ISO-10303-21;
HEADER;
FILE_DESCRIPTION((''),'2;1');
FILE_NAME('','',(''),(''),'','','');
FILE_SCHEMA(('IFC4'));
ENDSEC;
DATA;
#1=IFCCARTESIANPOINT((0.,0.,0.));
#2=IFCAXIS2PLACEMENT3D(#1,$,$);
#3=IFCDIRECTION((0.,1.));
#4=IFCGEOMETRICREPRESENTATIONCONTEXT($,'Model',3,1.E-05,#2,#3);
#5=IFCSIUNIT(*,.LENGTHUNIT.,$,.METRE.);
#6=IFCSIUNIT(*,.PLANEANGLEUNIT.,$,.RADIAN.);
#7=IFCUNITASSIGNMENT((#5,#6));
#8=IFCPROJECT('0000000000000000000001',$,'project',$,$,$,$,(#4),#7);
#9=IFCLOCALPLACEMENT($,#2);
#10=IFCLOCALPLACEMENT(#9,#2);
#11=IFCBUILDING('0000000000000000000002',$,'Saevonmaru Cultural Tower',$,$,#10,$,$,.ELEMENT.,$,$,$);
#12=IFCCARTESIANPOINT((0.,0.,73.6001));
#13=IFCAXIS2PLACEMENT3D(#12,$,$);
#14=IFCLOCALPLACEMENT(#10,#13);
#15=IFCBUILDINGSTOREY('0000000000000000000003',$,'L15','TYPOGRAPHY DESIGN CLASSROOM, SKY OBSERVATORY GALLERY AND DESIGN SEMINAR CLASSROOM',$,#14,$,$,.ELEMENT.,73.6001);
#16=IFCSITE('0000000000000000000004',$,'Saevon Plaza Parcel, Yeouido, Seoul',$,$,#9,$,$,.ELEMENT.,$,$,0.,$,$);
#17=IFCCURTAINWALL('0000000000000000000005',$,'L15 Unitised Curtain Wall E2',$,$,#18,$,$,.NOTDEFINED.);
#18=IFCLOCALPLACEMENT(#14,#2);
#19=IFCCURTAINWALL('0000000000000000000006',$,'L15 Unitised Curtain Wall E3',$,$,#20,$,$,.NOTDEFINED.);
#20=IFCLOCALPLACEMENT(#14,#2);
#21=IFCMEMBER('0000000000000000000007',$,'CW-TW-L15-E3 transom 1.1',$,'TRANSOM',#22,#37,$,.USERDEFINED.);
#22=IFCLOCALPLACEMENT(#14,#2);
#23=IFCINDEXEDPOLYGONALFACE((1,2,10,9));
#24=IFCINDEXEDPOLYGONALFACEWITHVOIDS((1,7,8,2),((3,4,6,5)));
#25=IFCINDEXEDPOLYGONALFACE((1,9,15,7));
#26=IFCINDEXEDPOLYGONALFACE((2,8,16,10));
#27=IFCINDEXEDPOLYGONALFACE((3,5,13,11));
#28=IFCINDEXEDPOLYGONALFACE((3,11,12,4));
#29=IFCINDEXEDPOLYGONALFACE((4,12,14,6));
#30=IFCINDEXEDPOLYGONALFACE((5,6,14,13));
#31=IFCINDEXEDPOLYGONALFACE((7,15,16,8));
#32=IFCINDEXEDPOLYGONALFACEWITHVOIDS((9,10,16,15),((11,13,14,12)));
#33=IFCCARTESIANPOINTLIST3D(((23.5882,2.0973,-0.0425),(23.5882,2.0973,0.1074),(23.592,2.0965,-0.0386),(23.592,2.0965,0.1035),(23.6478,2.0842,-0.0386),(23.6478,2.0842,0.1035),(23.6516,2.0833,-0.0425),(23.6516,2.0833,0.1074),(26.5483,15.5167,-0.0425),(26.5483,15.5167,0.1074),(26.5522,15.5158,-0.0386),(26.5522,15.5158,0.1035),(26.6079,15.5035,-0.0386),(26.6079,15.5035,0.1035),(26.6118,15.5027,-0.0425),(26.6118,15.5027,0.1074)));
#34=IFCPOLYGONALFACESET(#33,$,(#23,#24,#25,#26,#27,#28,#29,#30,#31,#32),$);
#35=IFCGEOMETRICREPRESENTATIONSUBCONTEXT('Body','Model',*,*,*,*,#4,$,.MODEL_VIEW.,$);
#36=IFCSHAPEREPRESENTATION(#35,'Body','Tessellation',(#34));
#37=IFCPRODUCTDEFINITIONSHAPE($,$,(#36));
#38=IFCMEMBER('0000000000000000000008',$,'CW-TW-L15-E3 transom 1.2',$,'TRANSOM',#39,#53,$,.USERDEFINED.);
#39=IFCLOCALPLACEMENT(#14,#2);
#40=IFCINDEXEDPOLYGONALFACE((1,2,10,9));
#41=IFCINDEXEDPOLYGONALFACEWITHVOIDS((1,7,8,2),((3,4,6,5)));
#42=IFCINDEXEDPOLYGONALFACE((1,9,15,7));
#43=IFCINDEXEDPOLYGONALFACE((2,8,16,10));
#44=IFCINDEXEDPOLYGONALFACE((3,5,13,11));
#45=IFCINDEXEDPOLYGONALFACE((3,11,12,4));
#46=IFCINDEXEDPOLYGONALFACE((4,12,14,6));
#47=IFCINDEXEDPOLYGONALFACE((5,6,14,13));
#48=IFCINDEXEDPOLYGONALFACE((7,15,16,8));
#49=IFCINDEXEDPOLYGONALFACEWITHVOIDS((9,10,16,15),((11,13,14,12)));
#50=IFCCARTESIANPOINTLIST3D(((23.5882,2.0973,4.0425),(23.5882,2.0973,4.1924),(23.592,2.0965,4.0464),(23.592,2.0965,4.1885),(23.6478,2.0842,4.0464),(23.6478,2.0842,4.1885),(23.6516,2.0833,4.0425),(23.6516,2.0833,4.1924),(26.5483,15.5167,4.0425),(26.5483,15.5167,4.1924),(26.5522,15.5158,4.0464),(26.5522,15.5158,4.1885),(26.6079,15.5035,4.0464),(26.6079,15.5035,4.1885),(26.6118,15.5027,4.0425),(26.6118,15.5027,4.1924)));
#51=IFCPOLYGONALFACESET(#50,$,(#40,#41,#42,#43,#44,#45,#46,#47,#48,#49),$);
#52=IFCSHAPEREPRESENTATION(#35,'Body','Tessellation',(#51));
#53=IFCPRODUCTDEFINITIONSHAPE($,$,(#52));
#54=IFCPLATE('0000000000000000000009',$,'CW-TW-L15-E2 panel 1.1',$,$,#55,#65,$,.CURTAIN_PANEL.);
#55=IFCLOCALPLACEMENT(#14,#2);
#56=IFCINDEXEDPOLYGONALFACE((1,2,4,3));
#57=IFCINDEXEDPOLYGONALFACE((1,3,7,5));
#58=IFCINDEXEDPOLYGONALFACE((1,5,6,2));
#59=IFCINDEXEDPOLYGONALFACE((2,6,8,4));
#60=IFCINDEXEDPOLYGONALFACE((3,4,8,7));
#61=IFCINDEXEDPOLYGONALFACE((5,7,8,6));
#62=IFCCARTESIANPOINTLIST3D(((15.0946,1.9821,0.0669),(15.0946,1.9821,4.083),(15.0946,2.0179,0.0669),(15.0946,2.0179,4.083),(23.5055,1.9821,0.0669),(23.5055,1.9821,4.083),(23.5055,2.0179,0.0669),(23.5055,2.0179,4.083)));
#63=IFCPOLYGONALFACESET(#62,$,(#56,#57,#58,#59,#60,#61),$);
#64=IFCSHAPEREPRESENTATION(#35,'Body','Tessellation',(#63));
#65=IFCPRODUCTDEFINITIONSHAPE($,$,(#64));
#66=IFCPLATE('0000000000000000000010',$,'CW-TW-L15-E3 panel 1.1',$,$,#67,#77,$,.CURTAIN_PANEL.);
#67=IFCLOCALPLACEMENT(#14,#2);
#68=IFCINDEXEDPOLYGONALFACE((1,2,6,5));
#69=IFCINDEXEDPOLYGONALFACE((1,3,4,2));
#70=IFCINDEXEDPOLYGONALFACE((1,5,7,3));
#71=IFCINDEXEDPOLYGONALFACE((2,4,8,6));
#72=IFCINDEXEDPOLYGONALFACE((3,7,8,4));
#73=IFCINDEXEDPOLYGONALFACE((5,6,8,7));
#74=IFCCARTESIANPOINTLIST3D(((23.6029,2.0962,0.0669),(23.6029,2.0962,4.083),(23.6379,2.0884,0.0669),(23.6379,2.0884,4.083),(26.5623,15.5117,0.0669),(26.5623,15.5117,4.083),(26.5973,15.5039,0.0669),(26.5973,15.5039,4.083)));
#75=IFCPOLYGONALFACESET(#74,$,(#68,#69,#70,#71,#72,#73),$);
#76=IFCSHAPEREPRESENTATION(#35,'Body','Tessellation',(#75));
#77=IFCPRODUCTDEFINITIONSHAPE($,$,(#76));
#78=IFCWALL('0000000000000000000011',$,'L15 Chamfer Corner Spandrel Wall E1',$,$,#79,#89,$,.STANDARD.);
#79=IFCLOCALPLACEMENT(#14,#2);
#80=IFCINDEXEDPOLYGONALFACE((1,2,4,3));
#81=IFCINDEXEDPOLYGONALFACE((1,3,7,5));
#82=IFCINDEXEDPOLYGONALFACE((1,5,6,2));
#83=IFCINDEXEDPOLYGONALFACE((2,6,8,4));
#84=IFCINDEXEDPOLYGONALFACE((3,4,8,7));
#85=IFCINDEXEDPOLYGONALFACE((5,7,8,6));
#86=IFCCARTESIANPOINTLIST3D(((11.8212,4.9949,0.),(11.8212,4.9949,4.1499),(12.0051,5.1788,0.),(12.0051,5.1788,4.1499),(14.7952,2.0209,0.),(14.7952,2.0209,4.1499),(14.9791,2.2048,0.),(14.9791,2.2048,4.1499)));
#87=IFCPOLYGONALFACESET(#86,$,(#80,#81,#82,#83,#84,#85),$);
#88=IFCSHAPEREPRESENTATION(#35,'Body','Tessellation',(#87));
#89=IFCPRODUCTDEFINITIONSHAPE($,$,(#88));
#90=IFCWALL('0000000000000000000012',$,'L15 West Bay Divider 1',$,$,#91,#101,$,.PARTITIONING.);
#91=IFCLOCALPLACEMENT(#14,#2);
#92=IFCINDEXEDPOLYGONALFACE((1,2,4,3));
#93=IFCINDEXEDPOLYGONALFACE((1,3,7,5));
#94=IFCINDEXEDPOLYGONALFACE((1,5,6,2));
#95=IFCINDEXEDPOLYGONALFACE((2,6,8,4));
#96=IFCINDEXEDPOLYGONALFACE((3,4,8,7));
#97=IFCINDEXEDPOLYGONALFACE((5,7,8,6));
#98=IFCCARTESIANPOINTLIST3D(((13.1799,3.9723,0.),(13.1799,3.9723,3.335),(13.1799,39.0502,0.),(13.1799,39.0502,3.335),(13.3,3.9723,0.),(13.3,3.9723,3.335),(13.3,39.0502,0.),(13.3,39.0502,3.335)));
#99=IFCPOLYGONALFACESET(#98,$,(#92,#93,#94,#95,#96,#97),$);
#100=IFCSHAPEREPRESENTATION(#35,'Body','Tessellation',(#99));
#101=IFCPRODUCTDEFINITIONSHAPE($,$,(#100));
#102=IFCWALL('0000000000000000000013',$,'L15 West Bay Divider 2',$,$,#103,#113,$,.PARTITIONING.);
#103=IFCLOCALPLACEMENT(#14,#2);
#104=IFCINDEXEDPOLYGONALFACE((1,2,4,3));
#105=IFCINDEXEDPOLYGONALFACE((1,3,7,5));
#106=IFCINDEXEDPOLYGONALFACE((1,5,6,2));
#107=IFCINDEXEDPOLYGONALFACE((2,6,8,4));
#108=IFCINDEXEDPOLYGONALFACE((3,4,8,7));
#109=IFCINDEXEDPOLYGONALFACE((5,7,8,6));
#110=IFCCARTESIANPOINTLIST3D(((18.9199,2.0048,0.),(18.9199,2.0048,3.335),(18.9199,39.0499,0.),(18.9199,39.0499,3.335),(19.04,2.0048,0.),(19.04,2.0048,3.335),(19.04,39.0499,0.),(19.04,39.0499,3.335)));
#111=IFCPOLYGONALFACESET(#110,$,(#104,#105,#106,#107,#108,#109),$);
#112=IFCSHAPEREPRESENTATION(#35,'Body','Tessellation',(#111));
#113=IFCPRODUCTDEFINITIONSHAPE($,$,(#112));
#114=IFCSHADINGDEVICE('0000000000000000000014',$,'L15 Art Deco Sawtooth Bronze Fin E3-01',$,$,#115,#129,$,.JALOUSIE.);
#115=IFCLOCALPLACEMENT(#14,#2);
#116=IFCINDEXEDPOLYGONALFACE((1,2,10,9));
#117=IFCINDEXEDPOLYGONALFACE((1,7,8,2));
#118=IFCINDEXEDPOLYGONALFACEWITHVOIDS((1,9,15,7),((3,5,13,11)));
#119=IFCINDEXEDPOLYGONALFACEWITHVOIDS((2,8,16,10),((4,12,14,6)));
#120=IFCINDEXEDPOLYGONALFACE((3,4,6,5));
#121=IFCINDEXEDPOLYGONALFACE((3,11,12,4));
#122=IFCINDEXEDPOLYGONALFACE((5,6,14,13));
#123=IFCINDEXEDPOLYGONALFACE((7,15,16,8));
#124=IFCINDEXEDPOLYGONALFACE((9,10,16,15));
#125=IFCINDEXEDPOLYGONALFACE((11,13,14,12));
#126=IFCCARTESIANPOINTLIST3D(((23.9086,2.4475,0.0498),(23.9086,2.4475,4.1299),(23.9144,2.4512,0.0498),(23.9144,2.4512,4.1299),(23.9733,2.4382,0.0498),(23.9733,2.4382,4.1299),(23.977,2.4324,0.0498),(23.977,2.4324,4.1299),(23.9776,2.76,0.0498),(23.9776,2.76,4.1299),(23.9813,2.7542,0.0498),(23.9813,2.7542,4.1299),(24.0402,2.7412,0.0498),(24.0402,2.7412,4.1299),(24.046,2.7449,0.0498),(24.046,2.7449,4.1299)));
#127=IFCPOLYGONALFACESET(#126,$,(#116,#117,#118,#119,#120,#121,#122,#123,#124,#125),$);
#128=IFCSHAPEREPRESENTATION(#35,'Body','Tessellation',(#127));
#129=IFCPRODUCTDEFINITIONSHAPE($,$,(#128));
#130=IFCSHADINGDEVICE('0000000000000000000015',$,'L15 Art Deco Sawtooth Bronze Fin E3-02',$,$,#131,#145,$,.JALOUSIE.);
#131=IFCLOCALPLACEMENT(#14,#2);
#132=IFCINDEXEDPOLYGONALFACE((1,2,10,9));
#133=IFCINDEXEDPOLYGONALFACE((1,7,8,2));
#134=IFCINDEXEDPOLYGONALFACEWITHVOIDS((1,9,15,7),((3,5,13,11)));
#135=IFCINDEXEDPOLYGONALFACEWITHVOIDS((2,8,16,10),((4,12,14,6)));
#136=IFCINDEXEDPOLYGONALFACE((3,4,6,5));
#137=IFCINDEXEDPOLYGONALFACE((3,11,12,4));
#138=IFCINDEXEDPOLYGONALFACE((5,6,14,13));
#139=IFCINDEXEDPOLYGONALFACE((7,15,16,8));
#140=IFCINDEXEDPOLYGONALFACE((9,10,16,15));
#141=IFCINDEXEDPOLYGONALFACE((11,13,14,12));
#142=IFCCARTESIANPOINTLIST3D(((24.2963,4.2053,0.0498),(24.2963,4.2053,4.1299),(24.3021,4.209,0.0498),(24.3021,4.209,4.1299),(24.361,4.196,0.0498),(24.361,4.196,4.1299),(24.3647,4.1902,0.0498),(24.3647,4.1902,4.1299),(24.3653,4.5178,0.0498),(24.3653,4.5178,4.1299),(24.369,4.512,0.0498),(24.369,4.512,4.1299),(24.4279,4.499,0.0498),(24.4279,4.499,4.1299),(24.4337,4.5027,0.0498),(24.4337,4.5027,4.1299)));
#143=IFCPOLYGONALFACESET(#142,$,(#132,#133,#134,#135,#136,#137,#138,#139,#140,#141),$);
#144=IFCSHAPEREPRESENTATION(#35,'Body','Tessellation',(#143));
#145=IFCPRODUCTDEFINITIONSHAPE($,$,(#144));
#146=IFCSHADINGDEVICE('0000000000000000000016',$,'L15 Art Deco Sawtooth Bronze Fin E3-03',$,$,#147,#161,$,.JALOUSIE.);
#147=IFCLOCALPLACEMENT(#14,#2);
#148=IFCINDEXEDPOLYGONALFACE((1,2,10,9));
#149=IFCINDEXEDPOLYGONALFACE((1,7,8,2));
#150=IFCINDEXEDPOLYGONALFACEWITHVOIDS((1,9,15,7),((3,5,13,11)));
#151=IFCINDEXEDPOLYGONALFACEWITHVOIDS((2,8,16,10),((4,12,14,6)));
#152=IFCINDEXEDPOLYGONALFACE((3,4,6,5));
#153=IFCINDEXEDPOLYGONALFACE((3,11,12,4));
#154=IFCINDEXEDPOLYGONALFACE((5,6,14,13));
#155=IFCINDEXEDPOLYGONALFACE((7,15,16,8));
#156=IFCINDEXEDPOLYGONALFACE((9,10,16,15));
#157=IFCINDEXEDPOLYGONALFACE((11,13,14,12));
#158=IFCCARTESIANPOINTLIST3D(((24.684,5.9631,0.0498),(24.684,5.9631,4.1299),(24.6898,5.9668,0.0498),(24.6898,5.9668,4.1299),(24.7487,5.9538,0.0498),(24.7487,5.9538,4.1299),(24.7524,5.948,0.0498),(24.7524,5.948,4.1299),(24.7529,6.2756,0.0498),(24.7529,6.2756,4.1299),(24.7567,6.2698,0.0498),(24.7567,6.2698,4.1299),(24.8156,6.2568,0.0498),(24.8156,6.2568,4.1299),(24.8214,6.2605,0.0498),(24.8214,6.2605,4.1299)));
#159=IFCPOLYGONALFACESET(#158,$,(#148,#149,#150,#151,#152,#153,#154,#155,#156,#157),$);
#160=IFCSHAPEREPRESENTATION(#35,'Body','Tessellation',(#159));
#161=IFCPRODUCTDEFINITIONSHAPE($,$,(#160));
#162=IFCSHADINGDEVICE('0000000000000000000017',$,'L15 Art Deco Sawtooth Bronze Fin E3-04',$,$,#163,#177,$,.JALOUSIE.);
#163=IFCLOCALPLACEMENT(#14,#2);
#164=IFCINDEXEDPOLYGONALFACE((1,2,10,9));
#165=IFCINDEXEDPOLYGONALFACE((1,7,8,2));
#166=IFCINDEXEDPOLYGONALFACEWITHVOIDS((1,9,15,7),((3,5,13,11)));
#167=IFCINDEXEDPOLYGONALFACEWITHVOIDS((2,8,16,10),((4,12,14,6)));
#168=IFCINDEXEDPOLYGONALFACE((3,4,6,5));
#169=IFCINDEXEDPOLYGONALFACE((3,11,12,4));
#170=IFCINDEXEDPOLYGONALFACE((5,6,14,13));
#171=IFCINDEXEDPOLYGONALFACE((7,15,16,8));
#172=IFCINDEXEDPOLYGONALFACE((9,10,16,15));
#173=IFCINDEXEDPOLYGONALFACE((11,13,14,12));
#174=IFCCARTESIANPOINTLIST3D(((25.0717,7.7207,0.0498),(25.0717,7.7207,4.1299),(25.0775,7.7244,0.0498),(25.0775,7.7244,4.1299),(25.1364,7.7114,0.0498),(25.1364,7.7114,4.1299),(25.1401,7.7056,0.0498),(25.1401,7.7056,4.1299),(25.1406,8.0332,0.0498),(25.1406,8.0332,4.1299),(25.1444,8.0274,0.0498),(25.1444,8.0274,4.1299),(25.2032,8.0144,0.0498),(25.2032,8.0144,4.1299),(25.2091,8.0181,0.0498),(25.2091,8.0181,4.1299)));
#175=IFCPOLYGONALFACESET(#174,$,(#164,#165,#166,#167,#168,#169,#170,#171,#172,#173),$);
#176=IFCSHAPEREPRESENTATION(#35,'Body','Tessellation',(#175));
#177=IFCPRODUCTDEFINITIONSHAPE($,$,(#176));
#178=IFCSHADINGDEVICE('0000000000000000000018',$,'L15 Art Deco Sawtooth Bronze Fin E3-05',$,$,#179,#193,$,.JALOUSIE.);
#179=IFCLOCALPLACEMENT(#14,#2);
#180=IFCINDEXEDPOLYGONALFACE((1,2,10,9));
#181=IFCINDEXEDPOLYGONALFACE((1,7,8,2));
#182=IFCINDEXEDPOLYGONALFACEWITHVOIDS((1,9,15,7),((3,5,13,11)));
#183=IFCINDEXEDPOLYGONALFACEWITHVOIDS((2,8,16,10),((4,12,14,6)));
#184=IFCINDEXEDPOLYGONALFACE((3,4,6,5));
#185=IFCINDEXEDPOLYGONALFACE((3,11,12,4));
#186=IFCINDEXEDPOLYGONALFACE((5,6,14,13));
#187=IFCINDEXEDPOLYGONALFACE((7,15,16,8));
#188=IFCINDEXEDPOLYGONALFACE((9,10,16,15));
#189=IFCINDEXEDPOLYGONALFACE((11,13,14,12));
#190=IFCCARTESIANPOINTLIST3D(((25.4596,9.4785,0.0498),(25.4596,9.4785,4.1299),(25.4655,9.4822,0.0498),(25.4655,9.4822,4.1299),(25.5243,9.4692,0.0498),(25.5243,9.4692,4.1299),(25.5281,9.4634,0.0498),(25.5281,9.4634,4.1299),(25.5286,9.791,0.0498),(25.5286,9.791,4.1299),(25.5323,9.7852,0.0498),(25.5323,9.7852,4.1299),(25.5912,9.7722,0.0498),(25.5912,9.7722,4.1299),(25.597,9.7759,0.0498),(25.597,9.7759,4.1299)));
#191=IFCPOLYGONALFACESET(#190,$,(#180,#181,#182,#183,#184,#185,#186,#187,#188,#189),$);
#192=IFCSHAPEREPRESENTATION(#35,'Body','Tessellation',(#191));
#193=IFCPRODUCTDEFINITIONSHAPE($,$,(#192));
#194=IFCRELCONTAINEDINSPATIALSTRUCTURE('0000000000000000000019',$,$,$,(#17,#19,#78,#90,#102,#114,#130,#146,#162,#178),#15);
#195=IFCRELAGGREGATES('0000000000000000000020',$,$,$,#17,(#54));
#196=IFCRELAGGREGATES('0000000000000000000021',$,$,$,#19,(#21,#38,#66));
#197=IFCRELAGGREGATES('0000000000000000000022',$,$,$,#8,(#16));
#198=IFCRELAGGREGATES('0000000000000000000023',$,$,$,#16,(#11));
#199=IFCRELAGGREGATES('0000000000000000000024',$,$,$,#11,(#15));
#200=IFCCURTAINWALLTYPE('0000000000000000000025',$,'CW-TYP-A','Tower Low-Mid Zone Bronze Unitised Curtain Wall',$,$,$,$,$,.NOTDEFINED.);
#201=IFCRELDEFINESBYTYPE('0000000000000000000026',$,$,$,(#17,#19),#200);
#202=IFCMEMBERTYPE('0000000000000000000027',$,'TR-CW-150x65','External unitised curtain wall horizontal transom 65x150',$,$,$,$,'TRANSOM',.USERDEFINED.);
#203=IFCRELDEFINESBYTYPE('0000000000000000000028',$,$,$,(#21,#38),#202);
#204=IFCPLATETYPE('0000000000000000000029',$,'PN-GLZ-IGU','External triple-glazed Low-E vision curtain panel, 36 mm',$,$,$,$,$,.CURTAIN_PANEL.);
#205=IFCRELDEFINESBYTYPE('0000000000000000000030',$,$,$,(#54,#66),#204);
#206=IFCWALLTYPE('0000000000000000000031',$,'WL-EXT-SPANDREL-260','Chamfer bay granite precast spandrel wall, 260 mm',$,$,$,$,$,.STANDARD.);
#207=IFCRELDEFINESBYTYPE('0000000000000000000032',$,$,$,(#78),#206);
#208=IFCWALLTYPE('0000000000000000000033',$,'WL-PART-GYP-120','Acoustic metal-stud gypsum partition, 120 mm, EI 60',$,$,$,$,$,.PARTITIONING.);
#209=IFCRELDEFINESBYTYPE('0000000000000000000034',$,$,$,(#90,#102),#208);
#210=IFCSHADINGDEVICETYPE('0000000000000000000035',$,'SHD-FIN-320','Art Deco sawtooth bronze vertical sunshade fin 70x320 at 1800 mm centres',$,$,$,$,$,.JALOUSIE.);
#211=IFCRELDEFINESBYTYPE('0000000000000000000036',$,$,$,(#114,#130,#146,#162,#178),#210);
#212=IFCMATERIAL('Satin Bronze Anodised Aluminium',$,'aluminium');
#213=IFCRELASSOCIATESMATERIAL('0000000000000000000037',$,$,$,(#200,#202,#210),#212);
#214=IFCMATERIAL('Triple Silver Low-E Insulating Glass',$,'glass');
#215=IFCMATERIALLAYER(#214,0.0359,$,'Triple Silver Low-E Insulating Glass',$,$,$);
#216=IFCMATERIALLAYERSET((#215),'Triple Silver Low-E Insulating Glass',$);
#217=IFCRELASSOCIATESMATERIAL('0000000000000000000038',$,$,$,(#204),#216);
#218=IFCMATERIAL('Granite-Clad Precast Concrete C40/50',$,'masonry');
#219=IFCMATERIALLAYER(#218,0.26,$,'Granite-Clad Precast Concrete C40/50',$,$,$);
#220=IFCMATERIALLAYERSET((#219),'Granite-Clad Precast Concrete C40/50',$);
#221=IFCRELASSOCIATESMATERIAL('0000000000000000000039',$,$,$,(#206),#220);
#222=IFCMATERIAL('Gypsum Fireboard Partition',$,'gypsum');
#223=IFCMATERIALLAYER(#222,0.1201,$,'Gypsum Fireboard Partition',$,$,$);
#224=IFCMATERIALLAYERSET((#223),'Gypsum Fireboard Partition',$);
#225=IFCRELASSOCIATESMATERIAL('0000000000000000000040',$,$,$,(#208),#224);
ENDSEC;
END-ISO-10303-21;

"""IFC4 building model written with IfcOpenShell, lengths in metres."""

from ifc_helpers import new_model, si_unit, direction, frame, frame_2d, origin, origin_2d, place, context, subcontext, project, spatial, rectangle, hollow_rectangle, extrude, material, layer, layer_set, material_profile, profile_set, type_object, element, aggregate, save


model = new_model("IFC4")

# Units and contexts
model_context = context("Model", 3, precision=1e-05, world=origin(), true_north=direction((0.0, 1.0)))
body_context = subcontext(model_context, "Body", "Model", "MODEL_VIEW")
ifc_project = project(units=[si_unit("LENGTHUNIT", "METRE"), si_unit("PLANEANGLEUNIT", "RADIAN")], contexts=[model_context])

# Site, building, storey
site_placement = place(None, origin())
site = spatial("IfcSite", under=ifc_project, at=site_placement, Name="Saevon Plaza Parcel, Yeouido, Seoul", CompositionType="ELEMENT", RefElevation=0.0)
building_placement = place(site_placement, origin())
building = spatial("IfcBuilding", under=site, at=building_placement, Name="Saevonmaru Cultural Tower", CompositionType="ELEMENT")
storey_placement = place(building_placement, frame((0.0, 0.0, 73.6001)))
storey = spatial("IfcBuildingStorey", under=building, at=storey_placement, Name="L15", Description="TYPOGRAPHY DESIGN CLASSROOM, SKY OBSERVATORY GALLERY AND DESIGN SEMINAR CLASSROOM", CompositionType="ELEMENT", Elevation=73.6001)

# Curtain wall
ifc_material_1 = material(Name="Satin Bronze Anodised Aluminium", Category="aluminium")
curtain_wall_type = type_object("IfcCurtainWallType", Name="CW-TYP-A", Description="Tower Low-Mid Zone Bronze Unitised Curtain Wall", PredefinedType="NOTDEFINED", material=ifc_material_1)
curtain_wall_1_placement = place(storey_placement, origin())
curtain_wall_1 = element("IfcCurtainWall", 1, at=curtain_wall_1_placement, inside=storey, type_object=curtain_wall_type, Name="L15 Unitised Curtain Wall E2", PredefinedType="NOTDEFINED")

# Curtain wall
curtain_wall_2_placement = place(storey_placement, origin())
curtain_wall_2 = element("IfcCurtainWall", 2, at=curtain_wall_2_placement, inside=storey, type_object=curtain_wall_type, Name="L15 Unitised Curtain Wall E3", PredefinedType="NOTDEFINED")

# Members
ifc_material_profile_1 = material_profile(ifc_material_1, hollow_rectangle(XDim=0.0649, YDim=0.1499, WallThickness=0.0039, at=origin_2d()), Name="ALU-TRAN-150x65x4")
ifc_profile_set_1 = profile_set([ifc_material_profile_1], Name="Satin Bronze Anodised Aluminium")
member_type_1 = type_object("IfcMemberType", Name="TR-CW-150x65", Description="External unitised curtain wall horizontal transom 65x150", ElementType="TRANSOM", PredefinedType="USERDEFINED", material=ifc_profile_set_1)
member_1_placement = place(storey_placement, frame((23.6199, 2.0903, 0.0325), z_axis=(0.215412, 0.976523, 0.0), x_axis=(-0.976523, 0.215412, 0.0)))
member_1 = element("IfcMember", 3, at=member_1_placement, type_object=member_type_1, Name="CW-TW-L15-E3 transom 1.1", ObjectType="TRANSOM", PredefinedType="USERDEFINED", context=body_context, shape_type="SweptSolid", body=[
    extrude(hollow_rectangle(XDim=0.0649, YDim=0.1499, WallThickness=0.0039, at=origin_2d()), origin(), (0.0, 0.0, 1.0), 13.7419),
])
member_2_placement = place(storey_placement, frame((23.6199, 2.0903, 4.1174), z_axis=(0.215412, 0.976523, 0.0), x_axis=(-0.976523, 0.215412, 0.0)))
member_2 = element("IfcMember", 4, at=member_2_placement, type_object=member_type_1, Name="CW-TW-L15-E3 transom 1.2", ObjectType="TRANSOM", PredefinedType="USERDEFINED", context=body_context, shape_type="SweptSolid", body=[
    extrude(hollow_rectangle(XDim=0.0649, YDim=0.1499, WallThickness=0.0039, at=origin_2d()), origin(), (0.0, 0.0, 1.0), 13.7419),
])

# Plates
ifc_material_2 = material(Name="Triple Silver Low-E Insulating Glass", Category="glass")
ifc_layer_1 = layer(ifc_material_2, 0.0359, Name="Triple Silver Low-E Insulating Glass")
ifc_layer_set_1 = layer_set([ifc_layer_1], Name="Triple Silver Low-E Insulating Glass")
plate_type = type_object("IfcPlateType", Name="PN-GLZ-IGU", Description="External triple-glazed Low-E vision curtain panel, 36 mm", PredefinedType="CURTAIN_PANEL", material=ifc_layer_set_1)
plate_1_placement = place(storey_placement, frame((19.3, 2.0, 0.0669), z_axis=(0.0, 0.0, 1.0), x_axis=(1.0, 0.0, 0.0)))
plate_1 = element("IfcPlate", 5, at=plate_1_placement, type_object=plate_type, Name="CW-TW-L15-E2 panel 1.1", PredefinedType="CURTAIN_PANEL", context=body_context, shape_type="SweptSolid", body=[
    extrude(rectangle(XDim=8.4109, YDim=0.0359, at=origin_2d()), origin(), (0.0, 0.0, 1.0), 4.0161),
])
aggregate(curtain_wall_1, [plate_1])
plate_2_placement = place(storey_placement, frame((25.1001, 8.8, 0.0669), z_axis=(0.0, 0.0, 1.0), x_axis=(0.215413, 0.976523, 0.0)))
plate_2 = element("IfcPlate", 6, at=plate_2_placement, type_object=plate_type, Name="CW-TW-L15-E3 panel 1.1", PredefinedType="CURTAIN_PANEL", context=body_context, shape_type="SweptSolid", body=[
    extrude(rectangle(XDim=13.738, YDim=0.0359, at=origin_2d()), origin(), (0.0, 0.0, 1.0), 4.0161),
])
aggregate(curtain_wall_2, [member_1, member_2, plate_2])

# Walls
ifc_material_3 = material(Name="Granite-Clad Precast Concrete C40/50", Category="masonry")
ifc_layer_2 = layer(ifc_material_3, 0.26, Name="Granite-Clad Precast Concrete C40/50")
ifc_layer_set_2 = layer_set([ifc_layer_2], Name="Granite-Clad Precast Concrete C40/50")
wall_type_1 = type_object("IfcWallType", Name="WL-EXT-SPANDREL-260", Description="Chamfer bay granite precast spandrel wall, 260 mm", PredefinedType="STANDARD", material=ifc_layer_set_2)
wall_1_placement = place(storey_placement, frame((11.9131, 5.0869, 0.0), z_axis=(0.0, 0.0, 1.0), x_axis=(0.707107, -0.707107, 0.0)))
element("IfcWall", 7, at=wall_1_placement, inside=storey, type_object=wall_type_1, Name="L15 Chamfer Corner Spandrel Wall E1", PredefinedType="STANDARD", context=body_context, shape_type="SweptSolid", body=[
    extrude(rectangle(XDim=4.2058, YDim=0.26, at=frame_2d((2.103, 0.0))), origin(), (0.0, 0.0, 1.0), 4.1499),
])
ifc_material_4 = material(Name="Gypsum Fireboard Partition", Category="gypsum")
ifc_layer_3 = layer(ifc_material_4, 0.1201, Name="Gypsum Fireboard Partition")
ifc_layer_set_3 = layer_set([ifc_layer_3], Name="Gypsum Fireboard Partition")
wall_type_2 = type_object("IfcWallType", Name="WL-PART-GYP-120", Description="Acoustic metal-stud gypsum partition, 120 mm, EI 60", PredefinedType="PARTITIONING", material=ifc_layer_set_3)
wall_2_placement = place(storey_placement, frame((13.24, 3.9722, 0.0), z_axis=(0.0, 0.0, 1.0), x_axis=(0.0, 1.0, 0.0)))
element("IfcWall", 8, at=wall_2_placement, inside=storey, type_object=wall_type_2, Name="L15 West Bay Divider 1", PredefinedType="PARTITIONING", context=body_context, shape_type="SweptSolid", body=[
    extrude(rectangle(XDim=35.0779, YDim=0.1201, at=frame_2d((17.5391, 0.0))), origin(), (0.0, 0.0, 1.0), 3.335),
])
wall_3_placement = place(storey_placement, frame((18.98, 2.0049, 0.0), z_axis=(0.0, 0.0, 1.0), x_axis=(0.0, 1.0, 0.0)))
element("IfcWall", 9, at=wall_3_placement, inside=storey, type_object=wall_type_2, Name="L15 West Bay Divider 2", PredefinedType="PARTITIONING", context=body_context, shape_type="SweptSolid", body=[
    extrude(rectangle(XDim=37.0452, YDim=0.1201, at=frame_2d((18.5225, 0.0))), origin(), (0.0, 0.0, 1.0), 3.335),
])

# Shading devices
ifc_material_profile_2 = material_profile(ifc_material_1, hollow_rectangle(XDim=0.0701, YDim=0.3201, WallThickness=0.0049, at=origin_2d()), Name="FIN-320x70")
ifc_profile_set_2 = profile_set([ifc_material_profile_2], Name="Satin Bronze Anodised Aluminium")
shading_device_type = type_object("IfcShadingDeviceType", Name="SHD-FIN-320", Description="Art Deco sawtooth bronze vertical sunshade fin 70x320 at 1800 mm centres", PredefinedType="JALOUSIE", material=ifc_profile_set_2)
for number, where, z_axis, x_axis, name in (
    (10, (23.9773, 2.5962, 0.0498), (0.0, 0.0, 1.0), (0.976522, -0.215417, 0.0), "L15 Art Deco Sawtooth Bronze Fin E3-01"),
    (11, (24.365, 4.354, 0.0498), (0.0, 0.0, 1.0), (0.976522, -0.215417, 0.0), "L15 Art Deco Sawtooth Bronze Fin E3-02"),
    (12, (24.7527, 6.1118, 0.0498), (0.0, 0.0, 1.0), (0.976522, -0.215417, 0.0), "L15 Art Deco Sawtooth Bronze Fin E3-03"),
    (13, (25.1404, 7.8694, 0.0498), (0.0, 0.0, 1.0), (0.976522, -0.215417, 0.0), "L15 Art Deco Sawtooth Bronze Fin E3-04"),
    (14, (25.5283, 9.6272, 0.0498), (0.0, 0.0, 1.0), (0.976522, -0.215417, 0.0), "L15 Art Deco Sawtooth Bronze Fin E3-05"),
):
    element("IfcShadingDevice", number, at=place(storey_placement, frame(where, z_axis=z_axis, x_axis=x_axis)), inside=storey, type_object=shading_device_type, Name=name, PredefinedType="JALOUSIE", context=body_context, shape_type="SweptSolid", body=[
        extrude(hollow_rectangle(XDim=0.0701, YDim=0.3201, WallThickness=0.0049, at=origin_2d()), origin(), (0.0, 0.0, 1.0), 4.0801),
    ])

save(model, "model.ifc")
